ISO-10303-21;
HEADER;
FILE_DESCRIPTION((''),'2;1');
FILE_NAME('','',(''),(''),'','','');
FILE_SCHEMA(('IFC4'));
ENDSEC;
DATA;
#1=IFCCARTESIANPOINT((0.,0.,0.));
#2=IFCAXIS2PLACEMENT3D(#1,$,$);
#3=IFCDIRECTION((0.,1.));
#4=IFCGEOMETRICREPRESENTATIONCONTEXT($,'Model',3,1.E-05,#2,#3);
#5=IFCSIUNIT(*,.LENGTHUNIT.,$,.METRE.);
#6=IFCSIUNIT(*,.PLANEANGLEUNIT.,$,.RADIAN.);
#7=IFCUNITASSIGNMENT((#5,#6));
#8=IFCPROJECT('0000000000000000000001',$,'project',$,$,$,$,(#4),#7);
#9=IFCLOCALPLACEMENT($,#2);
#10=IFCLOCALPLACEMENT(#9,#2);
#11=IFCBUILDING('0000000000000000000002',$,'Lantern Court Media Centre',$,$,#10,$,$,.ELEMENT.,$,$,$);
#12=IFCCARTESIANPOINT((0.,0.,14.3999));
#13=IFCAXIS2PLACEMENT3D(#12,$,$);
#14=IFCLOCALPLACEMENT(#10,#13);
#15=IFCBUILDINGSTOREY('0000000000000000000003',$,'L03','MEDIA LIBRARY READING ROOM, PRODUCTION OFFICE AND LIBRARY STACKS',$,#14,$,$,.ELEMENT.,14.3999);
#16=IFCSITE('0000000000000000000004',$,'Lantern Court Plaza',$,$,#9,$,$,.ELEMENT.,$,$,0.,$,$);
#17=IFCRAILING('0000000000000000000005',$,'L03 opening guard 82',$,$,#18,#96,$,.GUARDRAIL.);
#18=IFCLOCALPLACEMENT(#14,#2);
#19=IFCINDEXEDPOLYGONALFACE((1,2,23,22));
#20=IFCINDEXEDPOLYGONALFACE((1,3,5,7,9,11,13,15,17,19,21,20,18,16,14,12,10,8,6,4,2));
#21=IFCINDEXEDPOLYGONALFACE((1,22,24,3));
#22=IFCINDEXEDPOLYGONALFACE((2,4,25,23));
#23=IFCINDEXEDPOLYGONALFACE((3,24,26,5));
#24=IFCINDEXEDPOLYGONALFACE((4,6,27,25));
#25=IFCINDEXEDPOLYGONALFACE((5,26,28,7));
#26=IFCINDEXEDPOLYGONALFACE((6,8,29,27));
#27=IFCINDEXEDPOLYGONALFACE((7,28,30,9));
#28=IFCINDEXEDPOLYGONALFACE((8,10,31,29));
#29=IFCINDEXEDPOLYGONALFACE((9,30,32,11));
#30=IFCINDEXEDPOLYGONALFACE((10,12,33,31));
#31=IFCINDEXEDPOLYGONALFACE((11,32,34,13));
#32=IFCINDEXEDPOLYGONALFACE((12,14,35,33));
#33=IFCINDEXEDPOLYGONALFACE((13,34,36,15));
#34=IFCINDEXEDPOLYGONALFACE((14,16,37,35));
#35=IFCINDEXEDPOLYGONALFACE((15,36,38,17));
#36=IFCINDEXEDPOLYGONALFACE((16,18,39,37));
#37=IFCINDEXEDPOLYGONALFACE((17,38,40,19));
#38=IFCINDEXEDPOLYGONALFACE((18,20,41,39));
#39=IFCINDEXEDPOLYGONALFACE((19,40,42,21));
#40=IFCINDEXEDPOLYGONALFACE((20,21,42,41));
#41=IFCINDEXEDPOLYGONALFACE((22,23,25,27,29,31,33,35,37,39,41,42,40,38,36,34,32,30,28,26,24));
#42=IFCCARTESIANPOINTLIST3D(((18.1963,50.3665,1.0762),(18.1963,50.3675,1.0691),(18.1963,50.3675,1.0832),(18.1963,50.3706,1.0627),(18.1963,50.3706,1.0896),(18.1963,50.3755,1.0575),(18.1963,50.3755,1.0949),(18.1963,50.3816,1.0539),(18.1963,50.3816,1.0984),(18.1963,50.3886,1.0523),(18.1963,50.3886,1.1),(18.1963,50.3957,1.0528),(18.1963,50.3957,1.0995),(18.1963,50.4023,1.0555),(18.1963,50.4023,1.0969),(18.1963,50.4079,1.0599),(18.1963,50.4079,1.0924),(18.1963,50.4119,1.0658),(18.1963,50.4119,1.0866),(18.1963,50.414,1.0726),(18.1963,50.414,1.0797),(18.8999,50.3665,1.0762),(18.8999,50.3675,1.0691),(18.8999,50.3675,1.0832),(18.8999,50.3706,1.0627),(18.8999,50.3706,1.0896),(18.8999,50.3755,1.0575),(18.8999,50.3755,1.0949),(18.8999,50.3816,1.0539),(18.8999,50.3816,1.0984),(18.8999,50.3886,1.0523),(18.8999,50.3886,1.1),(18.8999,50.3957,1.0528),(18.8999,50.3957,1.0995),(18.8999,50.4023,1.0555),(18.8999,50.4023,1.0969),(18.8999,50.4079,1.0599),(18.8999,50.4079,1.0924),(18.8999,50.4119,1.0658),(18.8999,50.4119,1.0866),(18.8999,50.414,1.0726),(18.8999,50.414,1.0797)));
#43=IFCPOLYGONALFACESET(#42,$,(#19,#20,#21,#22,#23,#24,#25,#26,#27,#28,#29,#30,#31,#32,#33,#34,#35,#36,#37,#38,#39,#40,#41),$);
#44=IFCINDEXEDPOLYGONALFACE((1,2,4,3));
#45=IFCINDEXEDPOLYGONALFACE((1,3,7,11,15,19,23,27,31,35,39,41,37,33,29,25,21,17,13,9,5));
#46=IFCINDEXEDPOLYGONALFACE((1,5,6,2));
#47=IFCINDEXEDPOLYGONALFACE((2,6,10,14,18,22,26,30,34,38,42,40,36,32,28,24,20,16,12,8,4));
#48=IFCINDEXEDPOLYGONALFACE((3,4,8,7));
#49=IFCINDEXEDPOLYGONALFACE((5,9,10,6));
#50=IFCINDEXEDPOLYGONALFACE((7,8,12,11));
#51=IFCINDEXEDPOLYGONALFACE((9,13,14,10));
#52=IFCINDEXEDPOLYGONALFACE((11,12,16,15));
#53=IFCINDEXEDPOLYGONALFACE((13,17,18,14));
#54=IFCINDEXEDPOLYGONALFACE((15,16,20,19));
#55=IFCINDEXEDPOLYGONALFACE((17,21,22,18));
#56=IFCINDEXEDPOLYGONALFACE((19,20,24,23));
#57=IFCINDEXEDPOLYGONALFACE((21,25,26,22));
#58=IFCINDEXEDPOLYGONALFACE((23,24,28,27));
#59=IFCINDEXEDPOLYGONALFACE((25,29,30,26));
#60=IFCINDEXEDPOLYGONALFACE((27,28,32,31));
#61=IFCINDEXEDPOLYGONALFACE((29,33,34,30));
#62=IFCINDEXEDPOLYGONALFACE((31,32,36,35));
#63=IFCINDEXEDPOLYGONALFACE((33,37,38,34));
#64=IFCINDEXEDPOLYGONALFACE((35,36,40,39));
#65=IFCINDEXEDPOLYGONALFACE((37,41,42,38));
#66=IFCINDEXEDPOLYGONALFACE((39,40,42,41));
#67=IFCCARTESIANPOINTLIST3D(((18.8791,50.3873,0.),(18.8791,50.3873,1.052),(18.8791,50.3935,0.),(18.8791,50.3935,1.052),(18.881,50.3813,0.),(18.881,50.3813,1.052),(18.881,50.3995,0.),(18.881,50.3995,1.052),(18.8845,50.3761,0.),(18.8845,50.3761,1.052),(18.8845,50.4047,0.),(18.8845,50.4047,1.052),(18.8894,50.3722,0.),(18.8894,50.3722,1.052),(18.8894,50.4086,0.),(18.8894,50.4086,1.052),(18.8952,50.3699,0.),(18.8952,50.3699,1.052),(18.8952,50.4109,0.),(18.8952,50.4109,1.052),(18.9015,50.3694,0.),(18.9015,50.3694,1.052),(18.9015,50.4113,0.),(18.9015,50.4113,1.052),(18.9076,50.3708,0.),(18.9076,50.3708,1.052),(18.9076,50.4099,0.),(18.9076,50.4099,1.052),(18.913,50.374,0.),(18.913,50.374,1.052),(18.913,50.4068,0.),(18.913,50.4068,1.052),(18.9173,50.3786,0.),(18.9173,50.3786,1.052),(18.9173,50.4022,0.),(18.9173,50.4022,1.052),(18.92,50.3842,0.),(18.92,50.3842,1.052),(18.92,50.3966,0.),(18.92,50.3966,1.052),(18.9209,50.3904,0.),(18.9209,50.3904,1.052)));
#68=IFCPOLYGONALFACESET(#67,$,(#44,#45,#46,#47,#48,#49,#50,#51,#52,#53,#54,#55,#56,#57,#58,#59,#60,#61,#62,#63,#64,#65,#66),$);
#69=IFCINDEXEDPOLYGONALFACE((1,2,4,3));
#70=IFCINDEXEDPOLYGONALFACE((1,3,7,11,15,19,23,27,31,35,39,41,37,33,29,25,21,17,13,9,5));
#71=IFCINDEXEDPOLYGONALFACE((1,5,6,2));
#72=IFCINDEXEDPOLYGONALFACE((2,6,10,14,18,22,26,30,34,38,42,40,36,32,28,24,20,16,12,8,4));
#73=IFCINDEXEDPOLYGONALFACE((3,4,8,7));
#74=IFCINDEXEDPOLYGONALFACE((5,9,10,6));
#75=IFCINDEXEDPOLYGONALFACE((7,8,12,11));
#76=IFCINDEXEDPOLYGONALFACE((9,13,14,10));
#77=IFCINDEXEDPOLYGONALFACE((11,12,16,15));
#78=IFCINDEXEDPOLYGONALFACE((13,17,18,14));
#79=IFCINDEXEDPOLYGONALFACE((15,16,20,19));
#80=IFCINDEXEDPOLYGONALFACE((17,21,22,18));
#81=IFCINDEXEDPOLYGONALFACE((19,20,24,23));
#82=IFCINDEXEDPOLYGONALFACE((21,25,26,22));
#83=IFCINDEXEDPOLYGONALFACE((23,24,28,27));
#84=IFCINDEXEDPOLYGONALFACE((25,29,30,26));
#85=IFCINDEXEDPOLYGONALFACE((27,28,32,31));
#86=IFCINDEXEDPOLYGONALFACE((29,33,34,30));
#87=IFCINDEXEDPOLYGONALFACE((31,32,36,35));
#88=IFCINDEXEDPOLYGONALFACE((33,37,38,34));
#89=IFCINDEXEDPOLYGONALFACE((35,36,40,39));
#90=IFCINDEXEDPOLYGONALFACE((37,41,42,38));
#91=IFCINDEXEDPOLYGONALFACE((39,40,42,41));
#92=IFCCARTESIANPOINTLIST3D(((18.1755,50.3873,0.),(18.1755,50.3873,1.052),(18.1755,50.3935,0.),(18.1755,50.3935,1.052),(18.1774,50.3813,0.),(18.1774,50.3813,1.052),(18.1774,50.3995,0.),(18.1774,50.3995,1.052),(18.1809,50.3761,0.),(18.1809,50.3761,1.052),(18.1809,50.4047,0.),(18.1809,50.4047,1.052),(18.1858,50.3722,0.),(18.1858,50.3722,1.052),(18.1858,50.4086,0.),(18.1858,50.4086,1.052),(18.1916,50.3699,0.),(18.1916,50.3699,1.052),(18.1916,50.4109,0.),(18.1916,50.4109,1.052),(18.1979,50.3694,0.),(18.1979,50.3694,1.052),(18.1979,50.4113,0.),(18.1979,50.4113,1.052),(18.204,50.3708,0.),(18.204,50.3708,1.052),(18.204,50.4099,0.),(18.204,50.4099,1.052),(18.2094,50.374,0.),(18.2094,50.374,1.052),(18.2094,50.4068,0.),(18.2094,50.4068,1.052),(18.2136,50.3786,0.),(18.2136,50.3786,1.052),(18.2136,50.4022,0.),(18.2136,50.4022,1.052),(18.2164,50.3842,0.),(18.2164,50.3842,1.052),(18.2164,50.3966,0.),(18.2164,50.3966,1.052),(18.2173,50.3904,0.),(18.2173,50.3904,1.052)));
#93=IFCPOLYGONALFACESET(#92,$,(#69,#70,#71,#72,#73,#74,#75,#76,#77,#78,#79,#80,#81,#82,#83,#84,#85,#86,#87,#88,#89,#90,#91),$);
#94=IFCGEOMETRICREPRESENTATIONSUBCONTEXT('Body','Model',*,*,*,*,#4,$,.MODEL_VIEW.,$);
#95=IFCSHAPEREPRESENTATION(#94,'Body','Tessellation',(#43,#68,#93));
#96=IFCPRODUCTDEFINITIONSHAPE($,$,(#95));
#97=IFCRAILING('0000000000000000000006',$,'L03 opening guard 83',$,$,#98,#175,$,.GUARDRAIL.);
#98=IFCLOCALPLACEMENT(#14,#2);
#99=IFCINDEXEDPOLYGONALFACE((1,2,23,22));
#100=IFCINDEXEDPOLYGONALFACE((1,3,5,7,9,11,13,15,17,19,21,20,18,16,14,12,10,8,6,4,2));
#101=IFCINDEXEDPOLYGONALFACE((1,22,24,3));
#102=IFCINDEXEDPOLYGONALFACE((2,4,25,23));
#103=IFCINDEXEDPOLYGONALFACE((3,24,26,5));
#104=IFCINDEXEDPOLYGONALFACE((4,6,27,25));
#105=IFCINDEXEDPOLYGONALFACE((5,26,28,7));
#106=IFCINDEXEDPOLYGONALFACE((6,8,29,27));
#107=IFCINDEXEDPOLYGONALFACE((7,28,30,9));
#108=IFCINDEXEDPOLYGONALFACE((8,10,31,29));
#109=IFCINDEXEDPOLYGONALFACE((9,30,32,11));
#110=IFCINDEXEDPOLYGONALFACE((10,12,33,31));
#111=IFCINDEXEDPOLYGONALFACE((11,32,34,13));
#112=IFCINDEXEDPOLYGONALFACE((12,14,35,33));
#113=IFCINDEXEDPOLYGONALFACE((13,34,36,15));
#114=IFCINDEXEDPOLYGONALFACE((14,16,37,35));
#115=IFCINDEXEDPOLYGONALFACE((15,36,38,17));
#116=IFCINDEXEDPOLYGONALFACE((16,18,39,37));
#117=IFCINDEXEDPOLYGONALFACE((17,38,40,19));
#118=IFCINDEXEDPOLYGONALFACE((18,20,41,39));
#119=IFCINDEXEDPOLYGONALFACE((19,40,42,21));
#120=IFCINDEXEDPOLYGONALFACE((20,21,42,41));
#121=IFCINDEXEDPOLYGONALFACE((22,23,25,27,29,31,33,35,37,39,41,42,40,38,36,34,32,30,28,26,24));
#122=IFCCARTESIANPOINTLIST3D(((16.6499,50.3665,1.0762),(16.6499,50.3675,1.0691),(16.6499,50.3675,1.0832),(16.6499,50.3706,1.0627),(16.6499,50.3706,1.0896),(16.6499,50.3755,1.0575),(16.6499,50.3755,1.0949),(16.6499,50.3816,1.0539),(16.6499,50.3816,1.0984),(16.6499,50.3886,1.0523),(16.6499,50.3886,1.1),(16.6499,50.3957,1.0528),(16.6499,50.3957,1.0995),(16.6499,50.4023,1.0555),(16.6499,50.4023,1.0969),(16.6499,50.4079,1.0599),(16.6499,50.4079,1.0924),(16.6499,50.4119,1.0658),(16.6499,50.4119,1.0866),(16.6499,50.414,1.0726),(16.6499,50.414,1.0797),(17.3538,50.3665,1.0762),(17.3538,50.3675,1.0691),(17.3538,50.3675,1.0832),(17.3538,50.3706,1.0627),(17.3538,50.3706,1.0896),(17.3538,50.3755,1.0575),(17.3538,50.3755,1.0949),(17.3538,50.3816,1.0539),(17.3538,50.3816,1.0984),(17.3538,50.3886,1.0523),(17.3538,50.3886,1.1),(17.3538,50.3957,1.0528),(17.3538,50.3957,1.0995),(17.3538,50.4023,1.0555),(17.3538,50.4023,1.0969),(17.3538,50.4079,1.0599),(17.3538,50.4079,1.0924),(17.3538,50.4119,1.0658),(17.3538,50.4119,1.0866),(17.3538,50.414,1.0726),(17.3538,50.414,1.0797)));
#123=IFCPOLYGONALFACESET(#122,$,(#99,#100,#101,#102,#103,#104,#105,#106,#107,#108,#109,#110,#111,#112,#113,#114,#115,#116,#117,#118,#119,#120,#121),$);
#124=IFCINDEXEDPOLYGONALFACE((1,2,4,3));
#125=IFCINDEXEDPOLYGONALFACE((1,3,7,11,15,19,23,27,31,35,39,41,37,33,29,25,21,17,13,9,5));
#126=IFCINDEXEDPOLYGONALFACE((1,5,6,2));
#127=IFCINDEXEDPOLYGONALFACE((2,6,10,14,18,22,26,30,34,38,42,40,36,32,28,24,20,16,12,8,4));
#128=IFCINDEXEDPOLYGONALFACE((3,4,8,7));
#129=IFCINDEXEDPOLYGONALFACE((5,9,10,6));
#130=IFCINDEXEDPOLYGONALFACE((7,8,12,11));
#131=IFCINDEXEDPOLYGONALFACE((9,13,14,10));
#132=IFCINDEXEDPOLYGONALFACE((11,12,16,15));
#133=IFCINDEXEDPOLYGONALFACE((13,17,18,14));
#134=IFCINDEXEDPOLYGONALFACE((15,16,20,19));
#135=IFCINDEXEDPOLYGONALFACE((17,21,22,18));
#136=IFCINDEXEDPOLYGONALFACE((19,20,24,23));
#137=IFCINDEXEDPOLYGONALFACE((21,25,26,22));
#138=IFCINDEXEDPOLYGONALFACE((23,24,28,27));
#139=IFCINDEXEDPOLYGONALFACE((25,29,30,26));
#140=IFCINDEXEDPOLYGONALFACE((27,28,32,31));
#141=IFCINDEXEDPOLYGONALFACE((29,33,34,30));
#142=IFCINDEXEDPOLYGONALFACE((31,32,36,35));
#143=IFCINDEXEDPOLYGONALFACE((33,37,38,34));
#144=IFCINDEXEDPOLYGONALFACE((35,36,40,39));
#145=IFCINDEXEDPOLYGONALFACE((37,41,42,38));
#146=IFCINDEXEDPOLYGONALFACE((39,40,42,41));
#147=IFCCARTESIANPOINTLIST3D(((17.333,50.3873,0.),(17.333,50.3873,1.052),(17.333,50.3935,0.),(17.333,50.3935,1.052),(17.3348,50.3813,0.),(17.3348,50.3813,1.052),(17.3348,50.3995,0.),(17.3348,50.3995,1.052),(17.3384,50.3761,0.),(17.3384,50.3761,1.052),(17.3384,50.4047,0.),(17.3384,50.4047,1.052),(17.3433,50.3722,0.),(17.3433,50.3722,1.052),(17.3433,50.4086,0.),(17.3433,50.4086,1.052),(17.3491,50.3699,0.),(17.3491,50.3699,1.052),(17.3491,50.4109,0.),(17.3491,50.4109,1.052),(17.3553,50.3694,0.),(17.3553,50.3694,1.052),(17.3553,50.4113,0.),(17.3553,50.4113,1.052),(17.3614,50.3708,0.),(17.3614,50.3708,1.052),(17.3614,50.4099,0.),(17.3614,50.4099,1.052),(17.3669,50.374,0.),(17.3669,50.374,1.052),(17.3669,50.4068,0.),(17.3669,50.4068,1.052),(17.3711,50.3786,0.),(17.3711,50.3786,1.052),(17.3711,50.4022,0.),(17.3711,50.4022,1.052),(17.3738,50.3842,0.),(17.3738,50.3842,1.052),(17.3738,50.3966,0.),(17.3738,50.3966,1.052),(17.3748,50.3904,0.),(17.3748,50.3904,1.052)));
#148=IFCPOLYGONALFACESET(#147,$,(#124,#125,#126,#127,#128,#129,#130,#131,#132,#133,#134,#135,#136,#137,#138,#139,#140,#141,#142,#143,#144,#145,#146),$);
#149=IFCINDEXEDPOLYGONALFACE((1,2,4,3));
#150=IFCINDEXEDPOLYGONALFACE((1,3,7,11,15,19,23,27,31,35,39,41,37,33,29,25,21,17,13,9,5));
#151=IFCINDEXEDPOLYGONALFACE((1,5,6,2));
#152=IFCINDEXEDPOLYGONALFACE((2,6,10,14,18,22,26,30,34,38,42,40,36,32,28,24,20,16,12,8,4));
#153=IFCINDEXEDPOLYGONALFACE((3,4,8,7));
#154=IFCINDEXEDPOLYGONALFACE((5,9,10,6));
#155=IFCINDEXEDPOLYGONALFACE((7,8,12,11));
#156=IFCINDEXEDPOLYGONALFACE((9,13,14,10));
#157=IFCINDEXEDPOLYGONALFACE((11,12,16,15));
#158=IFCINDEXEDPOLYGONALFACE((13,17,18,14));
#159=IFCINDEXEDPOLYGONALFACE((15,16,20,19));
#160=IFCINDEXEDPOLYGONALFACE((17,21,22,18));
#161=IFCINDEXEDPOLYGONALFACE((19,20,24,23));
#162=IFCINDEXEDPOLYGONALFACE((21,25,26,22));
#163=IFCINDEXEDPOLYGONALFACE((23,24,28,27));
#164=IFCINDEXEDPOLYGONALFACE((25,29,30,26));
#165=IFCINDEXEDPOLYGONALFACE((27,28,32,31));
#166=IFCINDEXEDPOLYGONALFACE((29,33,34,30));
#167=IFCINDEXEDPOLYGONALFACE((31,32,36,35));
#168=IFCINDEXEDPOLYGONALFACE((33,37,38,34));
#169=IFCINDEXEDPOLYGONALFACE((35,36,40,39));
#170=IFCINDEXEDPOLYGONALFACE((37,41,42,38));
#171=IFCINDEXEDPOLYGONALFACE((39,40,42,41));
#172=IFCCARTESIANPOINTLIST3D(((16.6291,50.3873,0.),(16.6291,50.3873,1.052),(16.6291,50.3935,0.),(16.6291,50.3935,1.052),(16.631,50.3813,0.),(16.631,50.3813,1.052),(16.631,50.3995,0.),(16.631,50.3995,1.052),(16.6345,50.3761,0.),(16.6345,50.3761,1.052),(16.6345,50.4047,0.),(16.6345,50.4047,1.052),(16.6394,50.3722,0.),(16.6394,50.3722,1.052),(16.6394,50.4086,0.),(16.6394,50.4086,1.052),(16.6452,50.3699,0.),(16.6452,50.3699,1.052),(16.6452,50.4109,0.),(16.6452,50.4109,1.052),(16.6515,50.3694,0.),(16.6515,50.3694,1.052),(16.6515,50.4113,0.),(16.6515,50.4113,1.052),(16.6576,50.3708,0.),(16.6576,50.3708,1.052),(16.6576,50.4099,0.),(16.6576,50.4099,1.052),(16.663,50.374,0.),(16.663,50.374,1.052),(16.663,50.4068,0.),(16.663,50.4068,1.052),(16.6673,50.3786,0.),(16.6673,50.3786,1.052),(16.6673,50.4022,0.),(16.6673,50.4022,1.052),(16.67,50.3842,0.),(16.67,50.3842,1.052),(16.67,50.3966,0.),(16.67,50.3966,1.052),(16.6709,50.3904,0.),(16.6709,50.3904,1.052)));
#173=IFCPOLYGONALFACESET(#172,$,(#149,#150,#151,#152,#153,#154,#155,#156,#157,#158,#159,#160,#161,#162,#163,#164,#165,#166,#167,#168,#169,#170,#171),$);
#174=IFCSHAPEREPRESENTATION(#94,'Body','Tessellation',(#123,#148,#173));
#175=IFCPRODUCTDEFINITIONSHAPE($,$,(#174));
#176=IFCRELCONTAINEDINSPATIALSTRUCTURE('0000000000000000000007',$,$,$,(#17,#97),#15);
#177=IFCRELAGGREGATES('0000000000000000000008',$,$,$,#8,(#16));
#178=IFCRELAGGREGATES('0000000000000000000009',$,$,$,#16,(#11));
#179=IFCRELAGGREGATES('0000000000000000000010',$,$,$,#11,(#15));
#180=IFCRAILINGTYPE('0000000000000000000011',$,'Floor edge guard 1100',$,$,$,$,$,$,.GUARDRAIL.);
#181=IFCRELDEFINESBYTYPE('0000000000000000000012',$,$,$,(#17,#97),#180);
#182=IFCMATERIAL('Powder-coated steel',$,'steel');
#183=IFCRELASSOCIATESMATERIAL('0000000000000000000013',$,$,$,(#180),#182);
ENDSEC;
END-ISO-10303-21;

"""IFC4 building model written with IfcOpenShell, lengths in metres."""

from ifc_helpers import new_model, si_unit, direction, frame, origin, origin_2d, place, context, subcontext, project, spatial, circle, extrude, material, type_object, element, save


model = new_model("IFC4")

# Units and contexts
model_context = context("Model", 3, precision=1e-05, world=origin(), true_north=direction((0.0, 1.0)))
body_context = subcontext(model_context, "Body", "Model", "MODEL_VIEW")
ifc_project = project(units=[si_unit("LENGTHUNIT", "METRE"), si_unit("PLANEANGLEUNIT", "RADIAN")], contexts=[model_context])

# Site, building, storey
site_placement = place(None, origin())
site = spatial("IfcSite", under=ifc_project, at=site_placement, Name="Lantern Court Plaza", CompositionType="ELEMENT", RefElevation=0.0)
building_placement = place(site_placement, origin())
building = spatial("IfcBuilding", under=site, at=building_placement, Name="Lantern Court Media Centre", CompositionType="ELEMENT")
storey_placement = place(building_placement, frame((0.0, 0.0, 14.3999)))
storey = spatial("IfcBuildingStorey", under=building, at=storey_placement, Name="L03", Description="MEDIA LIBRARY READING ROOM, PRODUCTION OFFICE AND LIBRARY STACKS", CompositionType="ELEMENT", Elevation=14.3999)

# Railings
ifc_material_1 = material(Name="Powder-coated steel", Category="steel")
railing_type_1 = type_object("IfcRailingType", Name="Floor edge guard 1100", PredefinedType="GUARDRAIL", material=ifc_material_1)
railing_1_placement = place(storey_placement, frame((18.8999, 50.3904, 0.0)))
element("IfcRailing", 1, at=railing_1_placement, inside=storey, type_object=railing_type_1, Name="L03 opening guard 82", PredefinedType="GUARDRAIL", context=body_context, shape_type="SweptSolid", body=[
    extrude(circle(Radius=0.0239, at=origin_2d()), frame((0.0, 0.0, 1.0762), z_axis=(-1.0, 0.0, 0.0), x_axis=(0.0, -1.0, 0.0)), (0.0, 0.0, 1.0), 0.7036),
    extrude(circle(Radius=0.021, at=origin_2d()), origin(), (0.0, 0.0, 1.0), 1.052),
    extrude(circle(Radius=0.021, at=origin_2d()), frame((-0.7036, 0.0, 0.0)), (0.0, 0.0, 1.0), 1.052),
])
railing_2_placement = place(storey_placement, frame((17.3538, 50.3904, 0.0)))
element("IfcRailing", 2, at=railing_2_placement, inside=storey, type_object=railing_type_1, Name="L03 opening guard 83", PredefinedType="GUARDRAIL", context=body_context, shape_type="SweptSolid", body=[
    extrude(circle(Radius=0.0239, at=origin_2d()), frame((0.0, 0.0, 1.0762), z_axis=(-1.0, 0.0, 0.0), x_axis=(0.0, -1.0, 0.0)), (0.0, 0.0, 1.0), 0.7039),
    extrude(circle(Radius=0.021, at=origin_2d()), origin(), (0.0, 0.0, 1.0), 1.052),
    extrude(circle(Radius=0.021, at=origin_2d()), frame((-0.7039, 0.0, 0.0)), (0.0, 0.0, 1.0), 1.052),
])

save(model, "model.ifc")
